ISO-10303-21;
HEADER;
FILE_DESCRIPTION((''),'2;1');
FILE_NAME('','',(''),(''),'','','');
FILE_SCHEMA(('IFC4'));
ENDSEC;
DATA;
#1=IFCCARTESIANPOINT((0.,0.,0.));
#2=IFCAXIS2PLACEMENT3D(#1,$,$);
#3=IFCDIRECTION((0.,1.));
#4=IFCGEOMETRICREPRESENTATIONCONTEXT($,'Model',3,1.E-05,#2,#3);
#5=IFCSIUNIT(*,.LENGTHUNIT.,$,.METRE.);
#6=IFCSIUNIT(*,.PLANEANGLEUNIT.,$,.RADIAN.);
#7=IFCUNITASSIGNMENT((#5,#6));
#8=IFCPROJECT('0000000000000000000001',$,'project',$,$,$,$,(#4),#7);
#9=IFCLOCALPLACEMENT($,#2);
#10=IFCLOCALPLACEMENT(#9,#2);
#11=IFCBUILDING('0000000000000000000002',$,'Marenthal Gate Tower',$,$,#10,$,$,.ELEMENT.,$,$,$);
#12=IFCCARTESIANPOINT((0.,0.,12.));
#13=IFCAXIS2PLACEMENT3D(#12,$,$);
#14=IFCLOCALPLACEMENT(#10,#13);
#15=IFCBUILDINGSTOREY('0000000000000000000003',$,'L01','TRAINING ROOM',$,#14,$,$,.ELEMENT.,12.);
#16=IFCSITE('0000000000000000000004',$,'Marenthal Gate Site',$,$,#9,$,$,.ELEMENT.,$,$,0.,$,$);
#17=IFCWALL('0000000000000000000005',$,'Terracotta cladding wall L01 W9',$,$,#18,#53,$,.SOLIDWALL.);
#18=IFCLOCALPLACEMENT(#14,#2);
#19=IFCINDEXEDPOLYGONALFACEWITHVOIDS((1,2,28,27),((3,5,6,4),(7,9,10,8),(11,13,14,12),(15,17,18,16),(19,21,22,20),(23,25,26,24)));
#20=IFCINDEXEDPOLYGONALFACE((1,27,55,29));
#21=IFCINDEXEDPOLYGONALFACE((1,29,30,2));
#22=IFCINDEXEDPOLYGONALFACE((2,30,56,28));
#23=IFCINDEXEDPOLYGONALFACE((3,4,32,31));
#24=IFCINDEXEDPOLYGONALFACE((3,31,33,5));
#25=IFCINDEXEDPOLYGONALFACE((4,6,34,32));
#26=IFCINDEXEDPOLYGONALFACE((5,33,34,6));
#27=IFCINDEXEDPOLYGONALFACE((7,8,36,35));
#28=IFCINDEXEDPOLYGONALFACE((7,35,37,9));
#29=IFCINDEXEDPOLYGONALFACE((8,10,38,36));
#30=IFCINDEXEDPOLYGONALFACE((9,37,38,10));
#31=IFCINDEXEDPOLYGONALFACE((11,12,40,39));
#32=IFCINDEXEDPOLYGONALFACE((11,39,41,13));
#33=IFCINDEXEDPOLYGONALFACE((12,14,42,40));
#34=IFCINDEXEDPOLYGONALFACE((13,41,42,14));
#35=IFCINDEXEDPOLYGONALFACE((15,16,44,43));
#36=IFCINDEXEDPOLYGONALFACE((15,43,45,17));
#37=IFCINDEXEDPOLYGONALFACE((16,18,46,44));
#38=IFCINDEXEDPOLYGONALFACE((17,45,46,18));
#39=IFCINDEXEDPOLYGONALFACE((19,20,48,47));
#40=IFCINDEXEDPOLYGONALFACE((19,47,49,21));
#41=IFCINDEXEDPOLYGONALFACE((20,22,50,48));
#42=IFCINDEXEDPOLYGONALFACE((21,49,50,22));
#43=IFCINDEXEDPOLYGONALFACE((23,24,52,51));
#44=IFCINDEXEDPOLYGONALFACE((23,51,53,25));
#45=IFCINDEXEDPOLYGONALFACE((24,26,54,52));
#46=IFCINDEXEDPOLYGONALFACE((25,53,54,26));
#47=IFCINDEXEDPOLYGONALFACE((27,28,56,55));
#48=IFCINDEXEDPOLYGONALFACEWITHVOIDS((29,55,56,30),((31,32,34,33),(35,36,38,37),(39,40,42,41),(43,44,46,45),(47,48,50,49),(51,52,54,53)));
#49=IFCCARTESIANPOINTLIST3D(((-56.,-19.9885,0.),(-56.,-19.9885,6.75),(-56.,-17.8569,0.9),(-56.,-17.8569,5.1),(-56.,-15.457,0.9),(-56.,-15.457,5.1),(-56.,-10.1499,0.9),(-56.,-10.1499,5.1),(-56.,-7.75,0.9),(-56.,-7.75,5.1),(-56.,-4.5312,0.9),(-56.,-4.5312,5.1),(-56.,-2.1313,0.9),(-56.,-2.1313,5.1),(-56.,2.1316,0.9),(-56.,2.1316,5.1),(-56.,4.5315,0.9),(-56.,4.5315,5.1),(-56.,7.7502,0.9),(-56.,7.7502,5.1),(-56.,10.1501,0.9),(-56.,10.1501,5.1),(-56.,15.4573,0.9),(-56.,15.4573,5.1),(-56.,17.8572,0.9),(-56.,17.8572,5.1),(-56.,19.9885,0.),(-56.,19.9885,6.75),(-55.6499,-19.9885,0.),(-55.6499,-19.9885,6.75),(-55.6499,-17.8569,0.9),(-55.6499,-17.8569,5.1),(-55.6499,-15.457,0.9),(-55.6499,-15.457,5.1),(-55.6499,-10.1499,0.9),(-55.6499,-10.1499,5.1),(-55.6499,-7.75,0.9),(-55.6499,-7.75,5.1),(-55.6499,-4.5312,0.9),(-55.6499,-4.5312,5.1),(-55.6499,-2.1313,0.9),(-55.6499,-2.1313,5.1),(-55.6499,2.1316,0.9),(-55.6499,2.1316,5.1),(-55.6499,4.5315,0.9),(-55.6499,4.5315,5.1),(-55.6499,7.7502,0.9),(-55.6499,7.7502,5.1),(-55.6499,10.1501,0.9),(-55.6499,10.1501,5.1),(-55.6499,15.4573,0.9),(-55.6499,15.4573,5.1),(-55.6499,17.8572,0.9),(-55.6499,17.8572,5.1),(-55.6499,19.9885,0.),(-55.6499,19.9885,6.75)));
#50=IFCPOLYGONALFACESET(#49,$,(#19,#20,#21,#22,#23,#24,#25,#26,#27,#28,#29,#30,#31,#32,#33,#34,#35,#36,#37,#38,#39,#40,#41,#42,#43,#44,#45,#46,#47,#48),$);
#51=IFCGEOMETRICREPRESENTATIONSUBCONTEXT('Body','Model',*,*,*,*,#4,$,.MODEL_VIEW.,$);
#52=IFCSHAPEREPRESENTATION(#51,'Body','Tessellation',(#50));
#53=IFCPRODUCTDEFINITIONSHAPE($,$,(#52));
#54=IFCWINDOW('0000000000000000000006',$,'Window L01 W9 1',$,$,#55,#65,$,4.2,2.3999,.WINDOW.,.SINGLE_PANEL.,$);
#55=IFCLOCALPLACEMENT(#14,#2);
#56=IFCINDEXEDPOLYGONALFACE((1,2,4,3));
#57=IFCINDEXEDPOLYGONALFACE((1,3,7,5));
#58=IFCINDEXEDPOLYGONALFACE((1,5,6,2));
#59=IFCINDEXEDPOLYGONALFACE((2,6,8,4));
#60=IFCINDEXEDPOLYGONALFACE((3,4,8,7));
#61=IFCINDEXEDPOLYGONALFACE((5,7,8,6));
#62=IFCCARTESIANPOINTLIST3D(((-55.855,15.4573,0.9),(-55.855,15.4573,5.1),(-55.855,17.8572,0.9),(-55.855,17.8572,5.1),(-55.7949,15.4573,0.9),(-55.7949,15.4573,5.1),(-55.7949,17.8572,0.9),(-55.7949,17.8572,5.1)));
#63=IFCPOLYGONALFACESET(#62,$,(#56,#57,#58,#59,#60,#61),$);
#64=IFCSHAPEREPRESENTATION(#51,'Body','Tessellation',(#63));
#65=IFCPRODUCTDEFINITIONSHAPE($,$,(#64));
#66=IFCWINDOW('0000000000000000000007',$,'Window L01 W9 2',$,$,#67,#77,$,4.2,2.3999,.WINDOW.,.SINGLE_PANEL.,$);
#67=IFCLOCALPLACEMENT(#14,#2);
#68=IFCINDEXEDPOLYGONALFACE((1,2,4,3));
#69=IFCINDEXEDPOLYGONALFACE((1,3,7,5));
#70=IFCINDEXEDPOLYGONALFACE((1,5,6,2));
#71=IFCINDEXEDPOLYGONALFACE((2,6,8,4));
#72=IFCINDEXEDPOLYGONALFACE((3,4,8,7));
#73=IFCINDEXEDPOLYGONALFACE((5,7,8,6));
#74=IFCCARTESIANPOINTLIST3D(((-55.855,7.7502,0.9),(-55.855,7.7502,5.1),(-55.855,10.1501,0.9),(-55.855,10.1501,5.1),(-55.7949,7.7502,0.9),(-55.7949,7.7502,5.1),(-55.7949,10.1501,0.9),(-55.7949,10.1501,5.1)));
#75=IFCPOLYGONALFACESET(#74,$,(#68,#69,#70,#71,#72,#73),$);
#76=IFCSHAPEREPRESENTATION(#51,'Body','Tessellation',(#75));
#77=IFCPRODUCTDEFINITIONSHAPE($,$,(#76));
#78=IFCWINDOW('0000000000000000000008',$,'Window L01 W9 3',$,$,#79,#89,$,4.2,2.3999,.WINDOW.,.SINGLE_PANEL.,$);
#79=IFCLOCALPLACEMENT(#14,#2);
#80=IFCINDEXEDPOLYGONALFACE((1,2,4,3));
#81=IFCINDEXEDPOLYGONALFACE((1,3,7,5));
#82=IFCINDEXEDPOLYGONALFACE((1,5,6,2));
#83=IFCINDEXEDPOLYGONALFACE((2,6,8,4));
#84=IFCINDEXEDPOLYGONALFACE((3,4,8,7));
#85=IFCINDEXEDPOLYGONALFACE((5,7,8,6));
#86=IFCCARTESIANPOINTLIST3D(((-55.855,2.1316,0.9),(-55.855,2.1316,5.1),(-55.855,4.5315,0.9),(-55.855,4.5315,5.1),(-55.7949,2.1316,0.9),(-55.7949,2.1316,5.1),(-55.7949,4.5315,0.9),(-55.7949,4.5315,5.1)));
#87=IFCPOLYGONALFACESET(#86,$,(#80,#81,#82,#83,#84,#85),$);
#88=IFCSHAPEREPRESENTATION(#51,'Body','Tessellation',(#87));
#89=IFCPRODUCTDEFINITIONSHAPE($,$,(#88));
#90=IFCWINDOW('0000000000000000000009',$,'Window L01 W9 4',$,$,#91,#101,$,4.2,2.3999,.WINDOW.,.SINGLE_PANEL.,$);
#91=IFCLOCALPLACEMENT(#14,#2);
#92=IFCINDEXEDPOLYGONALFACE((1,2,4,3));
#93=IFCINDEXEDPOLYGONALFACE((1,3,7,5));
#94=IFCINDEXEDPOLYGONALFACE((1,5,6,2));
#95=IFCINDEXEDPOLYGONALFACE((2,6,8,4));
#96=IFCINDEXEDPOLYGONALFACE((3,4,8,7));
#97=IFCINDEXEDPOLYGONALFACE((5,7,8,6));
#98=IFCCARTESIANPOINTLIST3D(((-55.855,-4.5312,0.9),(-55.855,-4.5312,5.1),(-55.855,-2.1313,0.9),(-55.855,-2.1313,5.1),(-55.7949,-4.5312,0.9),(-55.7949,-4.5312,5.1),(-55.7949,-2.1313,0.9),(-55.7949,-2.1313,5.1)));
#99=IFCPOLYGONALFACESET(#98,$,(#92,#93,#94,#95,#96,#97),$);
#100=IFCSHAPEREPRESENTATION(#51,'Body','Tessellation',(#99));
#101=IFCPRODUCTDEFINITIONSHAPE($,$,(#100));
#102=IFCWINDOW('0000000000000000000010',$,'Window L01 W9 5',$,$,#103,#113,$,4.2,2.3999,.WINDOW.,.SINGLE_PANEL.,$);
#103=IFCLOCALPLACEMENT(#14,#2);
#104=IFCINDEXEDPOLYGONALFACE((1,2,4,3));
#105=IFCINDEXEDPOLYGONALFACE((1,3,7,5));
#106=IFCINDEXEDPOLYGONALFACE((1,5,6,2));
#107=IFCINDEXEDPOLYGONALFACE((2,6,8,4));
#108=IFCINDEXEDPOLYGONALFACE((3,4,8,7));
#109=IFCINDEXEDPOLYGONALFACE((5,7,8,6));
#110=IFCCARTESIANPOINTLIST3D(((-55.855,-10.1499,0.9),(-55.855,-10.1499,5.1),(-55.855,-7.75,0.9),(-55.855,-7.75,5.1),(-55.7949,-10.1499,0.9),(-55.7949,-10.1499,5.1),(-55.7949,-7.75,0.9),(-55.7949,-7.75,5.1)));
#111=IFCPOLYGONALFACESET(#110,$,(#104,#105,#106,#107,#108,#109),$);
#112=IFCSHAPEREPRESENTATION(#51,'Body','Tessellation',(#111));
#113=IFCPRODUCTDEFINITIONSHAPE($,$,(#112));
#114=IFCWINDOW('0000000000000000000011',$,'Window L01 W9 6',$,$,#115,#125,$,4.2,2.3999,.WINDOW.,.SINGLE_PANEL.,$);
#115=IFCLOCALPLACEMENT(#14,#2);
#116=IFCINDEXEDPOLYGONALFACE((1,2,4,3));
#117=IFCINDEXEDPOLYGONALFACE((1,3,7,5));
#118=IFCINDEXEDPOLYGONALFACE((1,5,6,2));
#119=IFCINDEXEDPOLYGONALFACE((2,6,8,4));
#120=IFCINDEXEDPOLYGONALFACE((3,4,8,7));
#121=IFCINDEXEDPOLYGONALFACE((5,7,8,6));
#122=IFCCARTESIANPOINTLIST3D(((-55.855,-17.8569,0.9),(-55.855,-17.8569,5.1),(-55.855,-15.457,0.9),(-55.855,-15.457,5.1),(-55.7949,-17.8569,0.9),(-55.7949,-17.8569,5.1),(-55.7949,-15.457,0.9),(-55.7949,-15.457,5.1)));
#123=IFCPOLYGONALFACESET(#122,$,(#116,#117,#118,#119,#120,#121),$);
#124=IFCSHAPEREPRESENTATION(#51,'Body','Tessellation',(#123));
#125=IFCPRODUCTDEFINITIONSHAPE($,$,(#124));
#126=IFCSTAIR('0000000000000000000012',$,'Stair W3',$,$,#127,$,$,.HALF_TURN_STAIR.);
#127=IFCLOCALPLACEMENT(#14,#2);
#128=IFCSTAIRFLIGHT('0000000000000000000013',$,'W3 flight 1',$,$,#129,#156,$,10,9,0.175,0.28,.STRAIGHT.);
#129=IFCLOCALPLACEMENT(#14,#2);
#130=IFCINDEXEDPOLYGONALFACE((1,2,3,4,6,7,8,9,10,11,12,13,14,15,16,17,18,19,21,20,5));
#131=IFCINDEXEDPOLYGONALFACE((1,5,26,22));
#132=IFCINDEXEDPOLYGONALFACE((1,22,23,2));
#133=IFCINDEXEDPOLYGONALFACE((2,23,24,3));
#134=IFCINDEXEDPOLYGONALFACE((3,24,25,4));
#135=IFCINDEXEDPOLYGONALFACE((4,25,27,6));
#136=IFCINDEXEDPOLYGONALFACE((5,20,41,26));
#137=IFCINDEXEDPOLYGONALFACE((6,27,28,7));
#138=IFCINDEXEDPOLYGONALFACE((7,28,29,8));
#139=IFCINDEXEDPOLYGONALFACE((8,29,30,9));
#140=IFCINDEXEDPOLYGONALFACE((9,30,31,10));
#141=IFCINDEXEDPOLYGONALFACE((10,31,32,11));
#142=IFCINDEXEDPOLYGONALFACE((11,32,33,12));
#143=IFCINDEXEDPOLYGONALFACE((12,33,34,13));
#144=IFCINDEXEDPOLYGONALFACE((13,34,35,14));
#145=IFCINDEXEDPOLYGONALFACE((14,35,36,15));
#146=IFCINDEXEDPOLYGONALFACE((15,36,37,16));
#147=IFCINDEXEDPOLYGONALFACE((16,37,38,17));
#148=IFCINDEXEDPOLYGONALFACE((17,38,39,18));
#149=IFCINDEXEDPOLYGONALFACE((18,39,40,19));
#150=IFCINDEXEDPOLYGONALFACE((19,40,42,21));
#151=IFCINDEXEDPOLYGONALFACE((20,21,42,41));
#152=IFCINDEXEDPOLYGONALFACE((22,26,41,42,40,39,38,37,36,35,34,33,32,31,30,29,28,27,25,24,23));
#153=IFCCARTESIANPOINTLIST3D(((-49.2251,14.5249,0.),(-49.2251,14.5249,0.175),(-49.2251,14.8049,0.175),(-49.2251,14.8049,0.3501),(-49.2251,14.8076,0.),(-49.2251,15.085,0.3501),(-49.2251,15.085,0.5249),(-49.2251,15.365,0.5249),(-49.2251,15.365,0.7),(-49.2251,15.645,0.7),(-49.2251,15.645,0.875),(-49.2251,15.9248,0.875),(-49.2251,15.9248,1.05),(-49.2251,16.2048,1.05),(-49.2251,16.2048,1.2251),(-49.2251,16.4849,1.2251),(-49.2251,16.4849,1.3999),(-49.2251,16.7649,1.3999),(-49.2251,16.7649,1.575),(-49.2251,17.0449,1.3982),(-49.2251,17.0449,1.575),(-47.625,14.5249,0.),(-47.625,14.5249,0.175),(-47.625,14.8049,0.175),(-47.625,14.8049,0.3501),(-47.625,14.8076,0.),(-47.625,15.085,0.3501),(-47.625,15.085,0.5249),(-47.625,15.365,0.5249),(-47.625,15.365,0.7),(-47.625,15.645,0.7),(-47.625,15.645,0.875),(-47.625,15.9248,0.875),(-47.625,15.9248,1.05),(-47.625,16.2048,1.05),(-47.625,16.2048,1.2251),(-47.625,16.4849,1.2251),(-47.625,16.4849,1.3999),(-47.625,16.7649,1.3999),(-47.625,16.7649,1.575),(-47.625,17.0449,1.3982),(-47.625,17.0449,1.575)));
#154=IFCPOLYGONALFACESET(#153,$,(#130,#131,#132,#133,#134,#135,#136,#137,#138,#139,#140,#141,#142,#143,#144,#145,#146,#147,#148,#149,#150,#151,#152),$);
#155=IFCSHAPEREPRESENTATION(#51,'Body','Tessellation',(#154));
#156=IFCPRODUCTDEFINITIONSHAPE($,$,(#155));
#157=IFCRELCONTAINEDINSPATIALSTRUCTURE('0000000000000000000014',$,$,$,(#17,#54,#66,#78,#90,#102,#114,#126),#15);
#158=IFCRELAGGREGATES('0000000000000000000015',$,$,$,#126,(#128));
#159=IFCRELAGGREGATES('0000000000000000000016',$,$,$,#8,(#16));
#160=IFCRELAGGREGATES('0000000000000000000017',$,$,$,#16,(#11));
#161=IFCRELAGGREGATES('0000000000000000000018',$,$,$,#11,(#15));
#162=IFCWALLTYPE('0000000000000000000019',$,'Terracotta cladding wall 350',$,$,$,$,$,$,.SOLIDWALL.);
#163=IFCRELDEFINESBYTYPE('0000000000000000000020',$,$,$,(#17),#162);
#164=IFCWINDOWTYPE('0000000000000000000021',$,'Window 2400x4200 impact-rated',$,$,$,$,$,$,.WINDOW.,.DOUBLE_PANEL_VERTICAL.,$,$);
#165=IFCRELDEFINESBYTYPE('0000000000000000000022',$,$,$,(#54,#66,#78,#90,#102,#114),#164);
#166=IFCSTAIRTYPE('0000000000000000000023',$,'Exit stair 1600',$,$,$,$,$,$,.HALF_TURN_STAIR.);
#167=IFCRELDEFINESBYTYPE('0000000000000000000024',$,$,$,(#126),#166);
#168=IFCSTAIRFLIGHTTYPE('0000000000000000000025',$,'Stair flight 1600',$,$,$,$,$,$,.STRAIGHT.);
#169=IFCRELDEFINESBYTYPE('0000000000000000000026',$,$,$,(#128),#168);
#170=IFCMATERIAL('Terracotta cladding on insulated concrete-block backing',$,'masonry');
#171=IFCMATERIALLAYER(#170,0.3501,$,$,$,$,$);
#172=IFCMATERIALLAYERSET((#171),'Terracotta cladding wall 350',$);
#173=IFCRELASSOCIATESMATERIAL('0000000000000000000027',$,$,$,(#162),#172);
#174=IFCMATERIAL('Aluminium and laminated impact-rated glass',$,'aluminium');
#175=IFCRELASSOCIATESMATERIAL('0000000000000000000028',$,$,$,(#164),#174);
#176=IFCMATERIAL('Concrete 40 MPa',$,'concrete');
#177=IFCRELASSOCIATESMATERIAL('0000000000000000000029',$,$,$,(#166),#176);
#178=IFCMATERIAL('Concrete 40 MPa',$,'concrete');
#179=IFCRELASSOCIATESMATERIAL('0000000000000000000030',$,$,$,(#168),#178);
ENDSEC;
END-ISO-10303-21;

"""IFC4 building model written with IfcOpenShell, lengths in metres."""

from ifc_helpers import new_model, si_unit, direction, frame, frame_2d, origin, place, context, subcontext, project, spatial, polyline, rectangle, outline, extrude, material, layer, layer_set, type_object, element, fill, aggregate, save


model = new_model("IFC4")

# Units and contexts
model_context = context("Model", 3, precision=1e-05, world=origin(), true_north=direction((0.0, 1.0)))
body_context = subcontext(model_context, "Body", "Model", "MODEL_VIEW")
ifc_project = project(units=[si_unit("LENGTHUNIT", "METRE"), si_unit("PLANEANGLEUNIT", "RADIAN")], contexts=[model_context])

# Site, building, storey
site_placement = place(None, origin())
site = spatial("IfcSite", under=ifc_project, at=site_placement, Name="Marenthal Gate Site", CompositionType="ELEMENT", RefElevation=0.0)
building_placement = place(site_placement, origin())
building = spatial("IfcBuilding", under=site, at=building_placement, Name="Marenthal Gate Tower", CompositionType="ELEMENT")
storey_placement = place(building_placement, frame((0.0, 0.0, 12.0)))
storey = spatial("IfcBuildingStorey", under=building, at=storey_placement, Name="L01", Description="TRAINING ROOM", CompositionType="ELEMENT", Elevation=12.0)

# Shared definitions
ifc_material_1 = material(Name="Terracotta cladding on insulated concrete-block backing", Category="masonry")
ifc_layer_1 = layer(ifc_material_1, 0.3501)
ifc_layer_set_1 = layer_set([ifc_layer_1], Name="Terracotta cladding wall 350")
wall_type_1 = type_object("IfcWallType", Name="Terracotta cladding wall 350", PredefinedType="SOLIDWALL", material=ifc_layer_set_1)

# Wall, openings, windows
wall_1_placement = place(storey_placement, frame((-55.825, 19.9885, 0.0), z_axis=(0.0, 0.0, 1.0), x_axis=(0.0, -1.0, 0.0)))
wall_1 = element("IfcWall", 1, at=wall_1_placement, inside=storey, type_object=wall_type_1, Name="Terracotta cladding wall L01 W9", PredefinedType="SOLIDWALL", context=body_context, shape_type="SweptSolid", body=[
    extrude(rectangle(XDim=39.9771, YDim=0.3501, at=frame_2d((19.9885, 0.0))), origin(), (0.0, 0.0, 1.0), 6.75),
])
opening_1_placement = place(wall_1_placement, frame((2.1313, 0.0, 0.8999)))
opening_1 = element("IfcOpeningElement", 2, at=opening_1_placement, cuts=wall_1, PredefinedType="OPENING", context=body_context, shape_type="SweptSolid", body=[
    extrude(rectangle(XDim=2.3999, YDim=4.2, at=frame_2d((1.2, 2.1001))), frame((0.0, 0.1851, 0.0), z_axis=(0.0, -1.0, 0.0), x_axis=(1.0, 0.0, 0.0)), (0.0, 0.0, 1.0), 0.3701),
])
opening_2_placement = place(wall_1_placement, frame((9.8384, 0.0, 0.8999)))
opening_2 = element("IfcOpeningElement", 3, at=opening_2_placement, cuts=wall_1, PredefinedType="OPENING", context=body_context, shape_type="SweptSolid", body=[
    extrude(rectangle(XDim=2.3999, YDim=4.2, at=frame_2d((1.2, 2.1001))), frame((0.0, 0.1851, 0.0), z_axis=(0.0, -1.0, 0.0), x_axis=(1.0, 0.0, 0.0)), (0.0, 0.0, 1.0), 0.3701),
])
opening_3_placement = place(wall_1_placement, frame((15.457, 0.0, 0.8999)))
opening_3 = element("IfcOpeningElement", 4, at=opening_3_placement, cuts=wall_1, PredefinedType="OPENING", context=body_context, shape_type="SweptSolid", body=[
    extrude(rectangle(XDim=2.3999, YDim=4.2, at=frame_2d((1.2, 2.1001))), frame((0.0, 0.1851, 0.0), z_axis=(0.0, -1.0, 0.0), x_axis=(1.0, 0.0, 0.0)), (0.0, 0.0, 1.0), 0.3701),
])
opening_4_placement = place(wall_1_placement, frame((22.1199, 0.0, 0.8999)))
opening_4 = element("IfcOpeningElement", 5, at=opening_4_placement, cuts=wall_1, PredefinedType="OPENING", context=body_context, shape_type="SweptSolid", body=[
    extrude(rectangle(XDim=2.3999, YDim=4.2, at=frame_2d((1.2, 2.1001))), frame((0.0, 0.1851, 0.0), z_axis=(0.0, -1.0, 0.0), x_axis=(1.0, 0.0, 0.0)), (0.0, 0.0, 1.0), 0.3701),
])
opening_5_placement = place(wall_1_placement, frame((27.7385, 0.0, 0.8999)))
opening_5 = element("IfcOpeningElement", 6, at=opening_5_placement, cuts=wall_1, PredefinedType="OPENING", context=body_context, shape_type="SweptSolid", body=[
    extrude(rectangle(XDim=2.3999, YDim=4.2, at=frame_2d((1.2, 2.1001))), frame((0.0, 0.1851, 0.0), z_axis=(0.0, -1.0, 0.0), x_axis=(1.0, 0.0, 0.0)), (0.0, 0.0, 1.0), 0.3701),
])
opening_6_placement = place(wall_1_placement, frame((35.4456, 0.0, 0.8999)))
opening_6 = element("IfcOpeningElement", 7, at=opening_6_placement, cuts=wall_1, PredefinedType="OPENING", context=body_context, shape_type="SweptSolid", body=[
    extrude(rectangle(XDim=2.3999, YDim=4.2, at=frame_2d((1.2, 2.1001))), frame((0.0, 0.1851, 0.0), z_axis=(0.0, -1.0, 0.0), x_axis=(1.0, 0.0, 0.0)), (0.0, 0.0, 1.0), 0.3701),
])
ifc_material_2 = material(Name="Aluminium and laminated impact-rated glass", Category="aluminium")
window_type = type_object("IfcWindowType", Name="Window 2400x4200 impact-rated", PartitioningType="DOUBLE_PANEL_VERTICAL", PredefinedType="WINDOW", material=ifc_material_2)
window_1_placement = place(opening_1_placement, origin())
window_1 = element("IfcWindow", 8, at=window_1_placement, inside=storey, type_object=window_type, Name="Window L01 W9 1", OverallHeight=4.2, OverallWidth=2.3999, PartitioningType="SINGLE_PANEL", PredefinedType="WINDOW", context=body_context, shape_type="SweptSolid", body=[
    extrude(rectangle(XDim=2.3999, YDim=4.2, at=frame_2d((1.2, 2.1001))), frame((0.0, 0.03, 0.0), z_axis=(0.0, -1.0, 0.0), x_axis=(1.0, 0.0, 0.0)), (0.0, 0.0, 1.0), 0.0601),
])
fill(opening_1, window_1)
window_2_placement = place(opening_2_placement, origin())
window_2 = element("IfcWindow", 9, at=window_2_placement, inside=storey, type_object=window_type, Name="Window L01 W9 2", OverallHeight=4.2, OverallWidth=2.3999, PartitioningType="SINGLE_PANEL", PredefinedType="WINDOW", context=body_context, shape_type="SweptSolid", body=[
    extrude(rectangle(XDim=2.3999, YDim=4.2, at=frame_2d((1.2, 2.1001))), frame((0.0, 0.03, 0.0), z_axis=(0.0, -1.0, 0.0), x_axis=(1.0, 0.0, 0.0)), (0.0, 0.0, 1.0), 0.0601),
])
fill(opening_2, window_2)
window_3_placement = place(opening_3_placement, origin())
window_3 = element("IfcWindow", 10, at=window_3_placement, inside=storey, type_object=window_type, Name="Window L01 W9 3", OverallHeight=4.2, OverallWidth=2.3999, PartitioningType="SINGLE_PANEL", PredefinedType="WINDOW", context=body_context, shape_type="SweptSolid", body=[
    extrude(rectangle(XDim=2.3999, YDim=4.2, at=frame_2d((1.2, 2.1001))), frame((0.0, 0.03, 0.0), z_axis=(0.0, -1.0, 0.0), x_axis=(1.0, 0.0, 0.0)), (0.0, 0.0, 1.0), 0.0601),
])
fill(opening_3, window_3)
window_4_placement = place(opening_4_placement, origin())
window_4 = element("IfcWindow", 11, at=window_4_placement, inside=storey, type_object=window_type, Name="Window L01 W9 4", OverallHeight=4.2, OverallWidth=2.3999, PartitioningType="SINGLE_PANEL", PredefinedType="WINDOW", context=body_context, shape_type="SweptSolid", body=[
    extrude(rectangle(XDim=2.3999, YDim=4.2, at=frame_2d((1.2, 2.1001))), frame((0.0, 0.03, 0.0), z_axis=(0.0, -1.0, 0.0), x_axis=(1.0, 0.0, 0.0)), (0.0, 0.0, 1.0), 0.0601),
])
fill(opening_4, window_4)
window_5_placement = place(opening_5_placement, origin())
window_5 = element("IfcWindow", 12, at=window_5_placement, inside=storey, type_object=window_type, Name="Window L01 W9 5", OverallHeight=4.2, OverallWidth=2.3999, PartitioningType="SINGLE_PANEL", PredefinedType="WINDOW", context=body_context, shape_type="SweptSolid", body=[
    extrude(rectangle(XDim=2.3999, YDim=4.2, at=frame_2d((1.2, 2.1001))), frame((0.0, 0.03, 0.0), z_axis=(0.0, -1.0, 0.0), x_axis=(1.0, 0.0, 0.0)), (0.0, 0.0, 1.0), 0.0601),
])
fill(opening_5, window_5)
window_6_placement = place(opening_6_placement, origin())
window_6 = element("IfcWindow", 13, at=window_6_placement, inside=storey, type_object=window_type, Name="Window L01 W9 6", OverallHeight=4.2, OverallWidth=2.3999, PartitioningType="SINGLE_PANEL", PredefinedType="WINDOW", context=body_context, shape_type="SweptSolid", body=[
    extrude(rectangle(XDim=2.3999, YDim=4.2, at=frame_2d((1.2, 2.1001))), frame((0.0, 0.03, 0.0), z_axis=(0.0, -1.0, 0.0), x_axis=(1.0, 0.0, 0.0)), (0.0, 0.0, 1.0), 0.0601),
])
fill(opening_6, window_6)

# Stair, stair flight
ifc_material_3 = material(Name="Concrete 40 MPa", Category="concrete")
stair_type = type_object("IfcStairType", Name="Exit stair 1600", PredefinedType="HALF_TURN_STAIR", material=ifc_material_3)
stair_placement = place(storey_placement, origin())
stair = element("IfcStair", 14, at=stair_placement, inside=storey, type_object=stair_type, Name="Stair W3", PredefinedType="HALF_TURN_STAIR")
ifc_material_4 = material(Name="Concrete 40 MPa", Category="concrete")
stair_flight_type = type_object("IfcStairFlightType", Name="Stair flight 1600", PredefinedType="STRAIGHT", material=ifc_material_4)
stair_flight_1_placement = place(storey_placement, frame((-48.425, 14.5249, 0.0), z_axis=(0.0, 0.0, 1.0), x_axis=(0.0, 1.0, 0.0)))
stair_flight_1 = element("IfcStairFlight", 15, at=stair_flight_1_placement, type_object=stair_flight_type, Name="W3 flight 1", NumberOfRisers=10, NumberOfTreads=9, PredefinedType="STRAIGHT", RiserHeight=0.175, TreadLength=0.28, context=body_context, shape_type="SweptSolid", body=[
    extrude(outline(polyline([(0.0, 0.0), (0.0, 0.175), (0.28, 0.175), (0.28, 0.3501), (0.5601, 0.3501), (0.5601, 0.5249), (0.8401, 0.5249), (0.8401, 0.7), (1.1201, 0.7), (1.1201, 0.875), (1.3999, 0.875), (1.3999, 1.05), (1.6799, 1.05), (1.6799, 1.2251), (1.96, 1.2251), (1.96, 1.3999), (2.24, 1.3999), (2.24, 1.575), (2.52, 1.575), (2.52, 1.75), (2.52, 1.3982), (0.2827, 0.0), (0.0, 0.0)])), frame((0.0, 0.8, 0.0), z_axis=(0.0, -1.0, 0.0), x_axis=(1.0, 0.0, 0.0)), (0.0, 0.0, 1.0), 1.6001),
])
aggregate(stair, [stair_flight_1])

save(model, "model.ifc")
